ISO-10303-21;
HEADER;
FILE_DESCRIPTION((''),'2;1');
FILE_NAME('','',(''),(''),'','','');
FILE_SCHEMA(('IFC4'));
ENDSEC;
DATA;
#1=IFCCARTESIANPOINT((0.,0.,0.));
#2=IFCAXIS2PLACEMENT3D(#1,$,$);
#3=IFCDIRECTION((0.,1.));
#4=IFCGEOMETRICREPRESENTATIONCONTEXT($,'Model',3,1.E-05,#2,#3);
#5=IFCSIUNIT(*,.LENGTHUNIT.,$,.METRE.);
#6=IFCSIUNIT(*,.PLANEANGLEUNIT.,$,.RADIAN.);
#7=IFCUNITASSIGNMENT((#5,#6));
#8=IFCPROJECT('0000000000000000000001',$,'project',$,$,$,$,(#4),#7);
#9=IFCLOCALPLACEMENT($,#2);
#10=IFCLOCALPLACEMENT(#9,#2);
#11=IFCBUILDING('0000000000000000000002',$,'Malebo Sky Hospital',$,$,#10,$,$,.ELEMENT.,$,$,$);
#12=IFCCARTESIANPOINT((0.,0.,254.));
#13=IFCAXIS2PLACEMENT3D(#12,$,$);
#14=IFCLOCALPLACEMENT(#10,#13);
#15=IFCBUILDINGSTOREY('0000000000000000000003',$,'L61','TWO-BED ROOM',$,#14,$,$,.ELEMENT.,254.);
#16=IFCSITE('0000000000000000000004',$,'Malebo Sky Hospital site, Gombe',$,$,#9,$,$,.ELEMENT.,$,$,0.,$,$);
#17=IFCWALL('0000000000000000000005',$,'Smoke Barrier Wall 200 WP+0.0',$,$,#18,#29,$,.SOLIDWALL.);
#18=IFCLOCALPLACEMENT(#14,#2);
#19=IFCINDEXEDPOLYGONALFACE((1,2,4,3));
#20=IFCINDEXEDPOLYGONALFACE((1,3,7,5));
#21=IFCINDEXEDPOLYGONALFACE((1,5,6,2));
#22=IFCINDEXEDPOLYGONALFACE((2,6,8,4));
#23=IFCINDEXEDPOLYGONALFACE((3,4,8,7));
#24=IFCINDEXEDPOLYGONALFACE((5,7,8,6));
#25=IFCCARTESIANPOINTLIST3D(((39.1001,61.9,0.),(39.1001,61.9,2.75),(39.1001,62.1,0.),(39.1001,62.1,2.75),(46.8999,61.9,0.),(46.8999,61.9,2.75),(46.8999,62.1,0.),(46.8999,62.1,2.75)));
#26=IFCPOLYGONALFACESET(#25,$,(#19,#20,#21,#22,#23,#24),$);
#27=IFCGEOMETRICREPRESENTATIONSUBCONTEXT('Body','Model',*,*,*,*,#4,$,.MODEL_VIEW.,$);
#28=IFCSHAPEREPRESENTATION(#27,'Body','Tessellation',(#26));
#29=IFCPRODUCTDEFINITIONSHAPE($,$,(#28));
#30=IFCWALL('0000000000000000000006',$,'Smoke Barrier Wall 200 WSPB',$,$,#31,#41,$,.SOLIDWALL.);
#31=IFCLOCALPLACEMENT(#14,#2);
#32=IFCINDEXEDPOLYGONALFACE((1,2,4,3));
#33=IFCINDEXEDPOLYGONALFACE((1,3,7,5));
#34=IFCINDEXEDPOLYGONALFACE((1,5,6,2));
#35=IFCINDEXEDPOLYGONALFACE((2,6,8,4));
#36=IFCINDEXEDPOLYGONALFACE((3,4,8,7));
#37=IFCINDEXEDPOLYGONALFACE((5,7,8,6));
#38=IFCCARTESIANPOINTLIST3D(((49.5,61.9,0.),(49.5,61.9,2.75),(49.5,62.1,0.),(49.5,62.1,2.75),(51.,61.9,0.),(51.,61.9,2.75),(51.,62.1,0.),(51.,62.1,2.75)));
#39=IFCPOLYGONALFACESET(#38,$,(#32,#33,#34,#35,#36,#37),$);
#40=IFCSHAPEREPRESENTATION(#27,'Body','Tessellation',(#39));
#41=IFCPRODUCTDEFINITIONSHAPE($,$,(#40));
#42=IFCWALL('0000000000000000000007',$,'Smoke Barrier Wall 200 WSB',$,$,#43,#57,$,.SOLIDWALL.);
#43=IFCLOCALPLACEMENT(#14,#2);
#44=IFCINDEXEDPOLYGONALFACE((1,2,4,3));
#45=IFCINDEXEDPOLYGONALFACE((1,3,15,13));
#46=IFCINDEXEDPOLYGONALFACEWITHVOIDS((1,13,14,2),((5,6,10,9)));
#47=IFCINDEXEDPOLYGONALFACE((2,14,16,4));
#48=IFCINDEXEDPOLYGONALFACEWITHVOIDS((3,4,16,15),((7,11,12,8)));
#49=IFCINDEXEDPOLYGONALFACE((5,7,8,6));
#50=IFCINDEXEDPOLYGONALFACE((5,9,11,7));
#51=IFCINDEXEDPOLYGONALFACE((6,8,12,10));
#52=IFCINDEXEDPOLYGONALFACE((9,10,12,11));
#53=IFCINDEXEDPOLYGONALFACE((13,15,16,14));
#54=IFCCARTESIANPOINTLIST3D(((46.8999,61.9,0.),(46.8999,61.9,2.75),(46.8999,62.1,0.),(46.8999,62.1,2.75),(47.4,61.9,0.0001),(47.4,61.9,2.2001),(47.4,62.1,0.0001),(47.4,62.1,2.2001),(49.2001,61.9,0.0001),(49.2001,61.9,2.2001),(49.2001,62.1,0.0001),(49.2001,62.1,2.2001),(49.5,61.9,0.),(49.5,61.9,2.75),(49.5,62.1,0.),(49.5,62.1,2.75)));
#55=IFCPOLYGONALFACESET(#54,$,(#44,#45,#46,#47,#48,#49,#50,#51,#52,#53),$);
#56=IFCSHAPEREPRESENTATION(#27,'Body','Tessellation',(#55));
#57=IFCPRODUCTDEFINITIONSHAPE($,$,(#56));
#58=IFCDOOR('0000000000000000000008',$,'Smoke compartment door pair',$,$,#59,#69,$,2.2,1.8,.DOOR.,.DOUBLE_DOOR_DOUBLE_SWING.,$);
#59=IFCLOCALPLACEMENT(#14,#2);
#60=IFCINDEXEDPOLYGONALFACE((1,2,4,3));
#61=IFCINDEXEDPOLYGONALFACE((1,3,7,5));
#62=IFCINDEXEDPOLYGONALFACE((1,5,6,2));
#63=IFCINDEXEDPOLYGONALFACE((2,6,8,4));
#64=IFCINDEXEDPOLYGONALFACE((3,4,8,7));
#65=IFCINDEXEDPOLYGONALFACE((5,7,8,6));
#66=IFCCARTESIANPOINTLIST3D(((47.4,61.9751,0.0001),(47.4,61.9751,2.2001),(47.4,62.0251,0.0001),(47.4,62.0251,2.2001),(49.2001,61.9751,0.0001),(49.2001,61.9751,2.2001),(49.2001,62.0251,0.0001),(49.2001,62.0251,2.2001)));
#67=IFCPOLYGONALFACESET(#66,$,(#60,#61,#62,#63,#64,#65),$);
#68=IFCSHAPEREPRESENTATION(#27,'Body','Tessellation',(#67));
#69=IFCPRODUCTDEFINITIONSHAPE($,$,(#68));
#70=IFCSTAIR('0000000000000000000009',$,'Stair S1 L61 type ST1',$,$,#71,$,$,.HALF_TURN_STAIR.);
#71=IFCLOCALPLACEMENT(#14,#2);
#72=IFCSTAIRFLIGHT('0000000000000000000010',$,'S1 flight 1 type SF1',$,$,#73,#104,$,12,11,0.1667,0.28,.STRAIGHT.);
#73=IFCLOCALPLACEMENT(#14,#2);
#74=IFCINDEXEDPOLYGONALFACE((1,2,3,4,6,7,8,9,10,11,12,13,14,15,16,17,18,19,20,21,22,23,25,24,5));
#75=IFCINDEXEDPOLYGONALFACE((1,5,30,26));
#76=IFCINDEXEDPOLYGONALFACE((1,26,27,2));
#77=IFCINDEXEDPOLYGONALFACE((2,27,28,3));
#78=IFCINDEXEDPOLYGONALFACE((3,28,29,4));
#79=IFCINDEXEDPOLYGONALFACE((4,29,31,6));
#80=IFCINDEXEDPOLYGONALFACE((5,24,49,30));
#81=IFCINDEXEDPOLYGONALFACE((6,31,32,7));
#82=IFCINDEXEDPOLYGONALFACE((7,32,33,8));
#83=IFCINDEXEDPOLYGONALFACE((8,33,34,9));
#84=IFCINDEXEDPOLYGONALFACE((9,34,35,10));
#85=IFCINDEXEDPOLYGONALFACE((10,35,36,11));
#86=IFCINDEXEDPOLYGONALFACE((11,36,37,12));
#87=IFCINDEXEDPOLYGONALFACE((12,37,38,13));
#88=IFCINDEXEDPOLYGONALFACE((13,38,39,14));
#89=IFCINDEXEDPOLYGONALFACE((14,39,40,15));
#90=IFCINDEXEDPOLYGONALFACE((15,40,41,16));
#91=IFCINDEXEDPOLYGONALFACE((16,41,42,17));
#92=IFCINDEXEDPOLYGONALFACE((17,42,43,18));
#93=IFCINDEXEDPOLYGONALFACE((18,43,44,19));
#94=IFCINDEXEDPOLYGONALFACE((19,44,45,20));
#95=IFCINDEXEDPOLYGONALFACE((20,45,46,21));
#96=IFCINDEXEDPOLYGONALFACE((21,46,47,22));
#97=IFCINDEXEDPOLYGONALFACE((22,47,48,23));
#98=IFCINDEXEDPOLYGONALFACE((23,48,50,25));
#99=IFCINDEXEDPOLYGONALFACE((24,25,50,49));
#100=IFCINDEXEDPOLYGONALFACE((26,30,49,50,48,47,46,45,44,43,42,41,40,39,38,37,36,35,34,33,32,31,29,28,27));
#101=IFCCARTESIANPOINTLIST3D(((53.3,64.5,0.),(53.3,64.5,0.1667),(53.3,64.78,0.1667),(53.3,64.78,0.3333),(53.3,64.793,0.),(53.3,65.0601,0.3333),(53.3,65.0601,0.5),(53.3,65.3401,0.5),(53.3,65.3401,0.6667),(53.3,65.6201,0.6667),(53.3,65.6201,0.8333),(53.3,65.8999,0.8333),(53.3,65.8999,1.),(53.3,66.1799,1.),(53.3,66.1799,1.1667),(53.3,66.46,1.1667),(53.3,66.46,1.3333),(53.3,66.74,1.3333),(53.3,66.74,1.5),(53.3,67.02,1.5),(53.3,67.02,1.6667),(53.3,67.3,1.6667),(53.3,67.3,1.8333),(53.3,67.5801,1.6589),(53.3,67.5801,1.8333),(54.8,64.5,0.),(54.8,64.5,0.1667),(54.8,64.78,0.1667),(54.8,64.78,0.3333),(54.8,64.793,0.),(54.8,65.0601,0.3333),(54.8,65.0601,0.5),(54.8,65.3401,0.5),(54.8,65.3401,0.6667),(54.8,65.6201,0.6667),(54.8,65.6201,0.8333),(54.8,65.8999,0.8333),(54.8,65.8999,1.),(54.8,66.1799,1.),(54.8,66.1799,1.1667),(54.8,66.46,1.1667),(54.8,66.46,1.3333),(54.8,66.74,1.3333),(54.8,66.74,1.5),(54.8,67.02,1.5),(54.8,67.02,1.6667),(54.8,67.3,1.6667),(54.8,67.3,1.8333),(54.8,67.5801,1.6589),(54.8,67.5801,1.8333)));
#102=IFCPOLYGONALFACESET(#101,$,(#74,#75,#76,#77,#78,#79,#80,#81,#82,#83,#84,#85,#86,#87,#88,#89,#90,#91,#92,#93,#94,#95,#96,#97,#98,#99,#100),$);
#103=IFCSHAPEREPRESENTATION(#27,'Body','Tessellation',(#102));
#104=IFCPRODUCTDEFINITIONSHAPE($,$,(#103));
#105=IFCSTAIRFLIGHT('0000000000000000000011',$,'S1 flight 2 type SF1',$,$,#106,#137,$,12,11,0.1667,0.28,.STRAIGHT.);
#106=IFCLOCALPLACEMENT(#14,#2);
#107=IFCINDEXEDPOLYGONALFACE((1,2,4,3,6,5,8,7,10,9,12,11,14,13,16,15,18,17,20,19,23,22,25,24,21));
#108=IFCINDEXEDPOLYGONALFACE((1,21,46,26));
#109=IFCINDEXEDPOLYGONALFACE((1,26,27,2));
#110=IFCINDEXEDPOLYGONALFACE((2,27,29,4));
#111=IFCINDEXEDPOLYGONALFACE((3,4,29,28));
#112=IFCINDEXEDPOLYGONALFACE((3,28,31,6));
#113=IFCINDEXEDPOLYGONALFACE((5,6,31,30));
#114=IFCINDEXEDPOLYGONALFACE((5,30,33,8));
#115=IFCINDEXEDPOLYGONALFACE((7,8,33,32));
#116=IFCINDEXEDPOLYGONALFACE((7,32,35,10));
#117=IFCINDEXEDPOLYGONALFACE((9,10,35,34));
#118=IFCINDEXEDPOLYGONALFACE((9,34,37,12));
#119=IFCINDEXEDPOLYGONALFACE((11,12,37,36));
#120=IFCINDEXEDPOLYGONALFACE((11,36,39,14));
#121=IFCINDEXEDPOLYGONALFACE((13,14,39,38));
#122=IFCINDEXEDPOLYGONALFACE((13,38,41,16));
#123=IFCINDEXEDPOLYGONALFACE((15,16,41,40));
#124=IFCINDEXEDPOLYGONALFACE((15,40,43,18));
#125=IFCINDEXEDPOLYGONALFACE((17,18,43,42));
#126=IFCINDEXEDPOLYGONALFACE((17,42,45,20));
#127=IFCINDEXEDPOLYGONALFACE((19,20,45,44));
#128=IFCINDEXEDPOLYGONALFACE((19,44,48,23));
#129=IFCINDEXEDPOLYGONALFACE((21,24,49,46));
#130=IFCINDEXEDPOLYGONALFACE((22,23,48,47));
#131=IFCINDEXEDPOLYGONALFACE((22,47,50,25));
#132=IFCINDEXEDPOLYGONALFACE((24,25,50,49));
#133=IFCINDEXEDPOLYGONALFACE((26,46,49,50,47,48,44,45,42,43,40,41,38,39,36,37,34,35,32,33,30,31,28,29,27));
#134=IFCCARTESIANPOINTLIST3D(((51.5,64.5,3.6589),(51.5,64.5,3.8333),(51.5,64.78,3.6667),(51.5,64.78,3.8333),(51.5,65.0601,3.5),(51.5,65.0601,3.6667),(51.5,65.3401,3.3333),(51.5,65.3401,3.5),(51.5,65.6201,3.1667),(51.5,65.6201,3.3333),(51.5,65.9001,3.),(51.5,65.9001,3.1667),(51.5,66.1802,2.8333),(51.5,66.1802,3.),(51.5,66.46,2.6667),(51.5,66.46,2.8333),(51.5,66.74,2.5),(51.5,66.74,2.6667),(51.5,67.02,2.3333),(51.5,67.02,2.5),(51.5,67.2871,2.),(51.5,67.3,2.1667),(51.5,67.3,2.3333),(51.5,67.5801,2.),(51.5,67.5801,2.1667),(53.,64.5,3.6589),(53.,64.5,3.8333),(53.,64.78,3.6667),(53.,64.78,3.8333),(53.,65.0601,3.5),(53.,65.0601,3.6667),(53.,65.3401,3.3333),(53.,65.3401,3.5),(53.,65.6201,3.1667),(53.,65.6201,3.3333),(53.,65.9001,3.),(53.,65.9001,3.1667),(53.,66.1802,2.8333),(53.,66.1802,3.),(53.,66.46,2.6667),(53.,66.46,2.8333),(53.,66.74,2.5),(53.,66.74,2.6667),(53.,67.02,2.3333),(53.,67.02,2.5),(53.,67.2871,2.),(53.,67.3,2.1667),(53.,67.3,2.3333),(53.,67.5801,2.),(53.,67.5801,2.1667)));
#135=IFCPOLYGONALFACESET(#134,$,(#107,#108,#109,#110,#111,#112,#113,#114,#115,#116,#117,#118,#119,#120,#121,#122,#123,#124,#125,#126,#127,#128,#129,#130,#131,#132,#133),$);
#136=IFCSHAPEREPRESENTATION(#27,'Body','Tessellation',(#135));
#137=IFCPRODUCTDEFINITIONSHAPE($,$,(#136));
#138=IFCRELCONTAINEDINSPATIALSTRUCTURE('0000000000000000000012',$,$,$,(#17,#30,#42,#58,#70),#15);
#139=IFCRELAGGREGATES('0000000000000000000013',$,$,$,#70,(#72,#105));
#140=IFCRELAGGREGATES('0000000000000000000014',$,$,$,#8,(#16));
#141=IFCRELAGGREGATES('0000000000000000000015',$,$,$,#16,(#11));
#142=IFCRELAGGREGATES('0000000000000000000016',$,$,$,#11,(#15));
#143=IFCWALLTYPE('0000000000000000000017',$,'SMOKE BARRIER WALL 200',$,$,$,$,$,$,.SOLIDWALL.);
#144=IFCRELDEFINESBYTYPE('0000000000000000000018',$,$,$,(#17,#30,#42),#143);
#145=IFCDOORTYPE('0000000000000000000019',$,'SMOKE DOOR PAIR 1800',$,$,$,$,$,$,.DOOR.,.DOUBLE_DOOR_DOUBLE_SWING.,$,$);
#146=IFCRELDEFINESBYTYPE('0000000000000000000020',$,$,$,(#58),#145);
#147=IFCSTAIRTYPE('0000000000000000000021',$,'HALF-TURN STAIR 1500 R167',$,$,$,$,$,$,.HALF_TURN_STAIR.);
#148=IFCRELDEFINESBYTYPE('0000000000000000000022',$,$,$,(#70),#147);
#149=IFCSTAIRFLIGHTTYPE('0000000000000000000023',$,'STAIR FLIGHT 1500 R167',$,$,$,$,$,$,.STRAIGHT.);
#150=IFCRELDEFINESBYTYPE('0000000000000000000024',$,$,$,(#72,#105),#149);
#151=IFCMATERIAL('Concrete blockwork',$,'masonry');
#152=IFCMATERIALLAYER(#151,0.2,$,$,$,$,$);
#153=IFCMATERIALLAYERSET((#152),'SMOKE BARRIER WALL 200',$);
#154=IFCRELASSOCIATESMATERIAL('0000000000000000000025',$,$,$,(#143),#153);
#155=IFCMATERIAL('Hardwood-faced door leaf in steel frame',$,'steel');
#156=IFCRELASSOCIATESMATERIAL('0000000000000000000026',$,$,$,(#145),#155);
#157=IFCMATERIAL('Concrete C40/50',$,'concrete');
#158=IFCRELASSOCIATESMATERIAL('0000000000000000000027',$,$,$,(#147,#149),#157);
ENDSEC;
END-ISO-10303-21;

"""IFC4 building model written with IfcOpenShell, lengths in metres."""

from ifc_helpers import new_model, si_unit, direction, frame, frame_2d, origin, place, context, subcontext, project, spatial, polyline, rectangle, outline, extrude, material, layer, layer_set, type_object, element, fill, aggregate, save


model = new_model("IFC4")

# Units and contexts
model_context = context("Model", 3, precision=1e-05, world=origin(), true_north=direction((0.0, 1.0)))
body_context = subcontext(model_context, "Body", "Model", "MODEL_VIEW")
ifc_project = project(units=[si_unit("LENGTHUNIT", "METRE"), si_unit("PLANEANGLEUNIT", "RADIAN")], contexts=[model_context])

# Site, building, storey
site_placement = place(None, origin())
site = spatial("IfcSite", under=ifc_project, at=site_placement, Name="Malebo Sky Hospital site, Gombe", CompositionType="ELEMENT", RefElevation=0.0)
building_placement = place(site_placement, origin())
building = spatial("IfcBuilding", under=site, at=building_placement, Name="Malebo Sky Hospital", CompositionType="ELEMENT")
storey_placement = place(building_placement, frame((0.0, 0.0, 254.0)))
storey = spatial("IfcBuildingStorey", under=building, at=storey_placement, Name="L61", Description="TWO-BED ROOM", CompositionType="ELEMENT", Elevation=254.0)

# Shared definitions
ifc_material_1 = material(Name="Hardwood-faced door leaf in steel frame", Category="steel")

# Walls
ifc_material_2 = material(Name="Concrete blockwork", Category="masonry")
ifc_layer_1 = layer(ifc_material_2, 0.2)
ifc_layer_set_1 = layer_set([ifc_layer_1], Name="SMOKE BARRIER WALL 200")
wall_type_1 = type_object("IfcWallType", Name="SMOKE BARRIER WALL 200", PredefinedType="SOLIDWALL", material=ifc_layer_set_1)
wall_1_placement = place(storey_placement, frame((46.8999, 62.0, 0.0), z_axis=(0.0, 0.0, 1.0), x_axis=(-1.0, 0.0, 0.0)))
element("IfcWall", 1, at=wall_1_placement, inside=storey, type_object=wall_type_1, Name="Smoke Barrier Wall 200 WP+0.0", PredefinedType="SOLIDWALL", context=body_context, shape_type="SweptSolid", body=[
    extrude(rectangle(XDim=7.7998, YDim=0.2, at=frame_2d((3.8999, 0.0))), origin(), (0.0, 0.0, 1.0), 2.75),
])
wall_2_placement = place(storey_placement, frame((51.0, 62.0, 0.0), z_axis=(0.0, 0.0, 1.0), x_axis=(-1.0, 0.0, 0.0)))
element("IfcWall", 2, at=wall_2_placement, inside=storey, type_object=wall_type_1, Name="Smoke Barrier Wall 200 WSPB", PredefinedType="SOLIDWALL", context=body_context, shape_type="SweptSolid", body=[
    extrude(rectangle(XDim=1.5, YDim=0.2, at=frame_2d((0.75, 0.0))), origin(), (0.0, 0.0, 1.0), 2.75),
])

# Wall, opening, door
wall_3_placement = place(storey_placement, frame((49.5, 62.0, 0.0), z_axis=(0.0, 0.0, 1.0), x_axis=(-1.0, 0.0, 0.0)))
wall_3 = element("IfcWall", 3, at=wall_3_placement, inside=storey, type_object=wall_type_1, Name="Smoke Barrier Wall 200 WSB", PredefinedType="SOLIDWALL", context=body_context, shape_type="SweptSolid", body=[
    extrude(rectangle(XDim=2.6001, YDim=0.2, at=frame_2d((1.3, 0.0))), origin(), (0.0, 0.0, 1.0), 2.75),
])
opening_1_placement = place(wall_3_placement, frame((0.3, 0.0, 0.0)))
opening_1 = element("IfcOpeningElement", 4, at=opening_1_placement, cuts=wall_3, PredefinedType="OPENING", context=body_context, shape_type="SweptSolid", body=[
    extrude(rectangle(XDim=1.8, YDim=2.2, at=frame_2d((0.8999, 1.1001))), frame((0.0, 0.1099, 0.0), z_axis=(0.0, -1.0, 0.0), x_axis=(1.0, 0.0, 0.0)), (0.0, 0.0, 1.0), 0.22),
])
door_type_1 = type_object("IfcDoorType", Name="SMOKE DOOR PAIR 1800", OperationType="DOUBLE_DOOR_DOUBLE_SWING", PredefinedType="DOOR", material=ifc_material_1)
door_1_placement = place(opening_1_placement, origin())
door_1 = element("IfcDoor", 5, at=door_1_placement, inside=storey, type_object=door_type_1, Name="Smoke compartment door pair", OperationType="DOUBLE_DOOR_DOUBLE_SWING", OverallHeight=2.2, OverallWidth=1.8, PredefinedType="DOOR", context=body_context, shape_type="SweptSolid", body=[
    extrude(rectangle(XDim=1.8, YDim=2.2, at=frame_2d((0.8999, 1.1001))), frame((0.0, 0.0249, 0.0), z_axis=(0.0, -1.0, 0.0), x_axis=(1.0, 0.0, 0.0)), (0.0, 0.0, 1.0), 0.05),
])
fill(opening_1, door_1)

# Stair, stair flights
ifc_material_3 = material(Name="Concrete C40/50", Category="concrete")
stair_type = type_object("IfcStairType", Name="HALF-TURN STAIR 1500 R167", PredefinedType="HALF_TURN_STAIR", material=ifc_material_3)
stair_placement = place(storey_placement, origin())
stair = element("IfcStair", 6, at=stair_placement, inside=storey, type_object=stair_type, Name="Stair S1 L61 type ST1", PredefinedType="HALF_TURN_STAIR")
stair_flight_type = type_object("IfcStairFlightType", Name="STAIR FLIGHT 1500 R167", PredefinedType="STRAIGHT", material=ifc_material_3)
stair_flight_1_placement = place(storey_placement, frame((54.05, 64.5, 0.0), z_axis=(0.0, 0.0, 1.0), x_axis=(0.0, 1.0, 0.0)))
stair_flight_1 = element("IfcStairFlight", 7, at=stair_flight_1_placement, type_object=stair_flight_type, Name="S1 flight 1 type SF1", NumberOfRisers=12, NumberOfTreads=11, PredefinedType="STRAIGHT", RiserHeight=0.1667, TreadLength=0.28, context=body_context, shape_type="SweptSolid", body=[
    extrude(outline(polyline([(0.0, 0.0), (0.0, 0.1667), (0.28, 0.1667), (0.28, 0.3333), (0.5601, 0.3333), (0.5601, 0.5), (0.8401, 0.5), (0.8401, 0.6667), (1.1201, 0.6667), (1.1201, 0.8333), (1.3999, 0.8333), (1.3999, 1.0), (1.6799, 1.0), (1.6799, 1.1667), (1.96, 1.1667), (1.96, 1.3333), (2.24, 1.3333), (2.24, 1.5), (2.52, 1.5), (2.52, 1.6667), (2.8, 1.6667), (2.8, 1.8333), (3.0801, 1.8333), (3.0801, 2.0), (3.0801, 1.6589), (0.293, 0.0), (0.0, 0.0)])), frame((0.0, 0.75, 0.0), z_axis=(0.0, -1.0, 0.0), x_axis=(1.0, 0.0, 0.0)), (0.0, 0.0, 1.0), 1.5),
])
stair_flight_2_placement = place(storey_placement, frame((52.25, 67.5801, 2.0), z_axis=(0.0, 0.0, 1.0), x_axis=(0.0, -1.0, 0.0)))
stair_flight_2 = element("IfcStairFlight", 8, at=stair_flight_2_placement, type_object=stair_flight_type, Name="S1 flight 2 type SF1", NumberOfRisers=12, NumberOfTreads=11, PredefinedType="STRAIGHT", RiserHeight=0.1667, TreadLength=0.28, context=body_context, shape_type="SweptSolid", body=[
    extrude(outline(polyline([(0.0, 0.0), (0.0, 0.1667), (0.28, 0.1667), (0.28, 0.3333), (0.5601, 0.3333), (0.5601, 0.5), (0.8401, 0.5), (0.8401, 0.6667), (1.1201, 0.6667), (1.1201, 0.8333), (1.3999, 0.8333), (1.3999, 1.0), (1.6799, 1.0), (1.6799, 1.1667), (1.96, 1.1667), (1.96, 1.3333), (2.24, 1.3333), (2.24, 1.5), (2.52, 1.5), (2.52, 1.6667), (2.8, 1.6667), (2.8, 1.8333), (3.0801, 1.8333), (3.0801, 2.0), (3.0801, 1.6589), (0.293, 0.0), (0.0, 0.0)])), frame((0.0, 0.75, 0.0), z_axis=(0.0, -1.0, 0.0), x_axis=(1.0, 0.0, 0.0)), (0.0, 0.0, 1.0), 1.5),
])
aggregate(stair, [stair_flight_1, stair_flight_2])

save(model, "model.ifc")
